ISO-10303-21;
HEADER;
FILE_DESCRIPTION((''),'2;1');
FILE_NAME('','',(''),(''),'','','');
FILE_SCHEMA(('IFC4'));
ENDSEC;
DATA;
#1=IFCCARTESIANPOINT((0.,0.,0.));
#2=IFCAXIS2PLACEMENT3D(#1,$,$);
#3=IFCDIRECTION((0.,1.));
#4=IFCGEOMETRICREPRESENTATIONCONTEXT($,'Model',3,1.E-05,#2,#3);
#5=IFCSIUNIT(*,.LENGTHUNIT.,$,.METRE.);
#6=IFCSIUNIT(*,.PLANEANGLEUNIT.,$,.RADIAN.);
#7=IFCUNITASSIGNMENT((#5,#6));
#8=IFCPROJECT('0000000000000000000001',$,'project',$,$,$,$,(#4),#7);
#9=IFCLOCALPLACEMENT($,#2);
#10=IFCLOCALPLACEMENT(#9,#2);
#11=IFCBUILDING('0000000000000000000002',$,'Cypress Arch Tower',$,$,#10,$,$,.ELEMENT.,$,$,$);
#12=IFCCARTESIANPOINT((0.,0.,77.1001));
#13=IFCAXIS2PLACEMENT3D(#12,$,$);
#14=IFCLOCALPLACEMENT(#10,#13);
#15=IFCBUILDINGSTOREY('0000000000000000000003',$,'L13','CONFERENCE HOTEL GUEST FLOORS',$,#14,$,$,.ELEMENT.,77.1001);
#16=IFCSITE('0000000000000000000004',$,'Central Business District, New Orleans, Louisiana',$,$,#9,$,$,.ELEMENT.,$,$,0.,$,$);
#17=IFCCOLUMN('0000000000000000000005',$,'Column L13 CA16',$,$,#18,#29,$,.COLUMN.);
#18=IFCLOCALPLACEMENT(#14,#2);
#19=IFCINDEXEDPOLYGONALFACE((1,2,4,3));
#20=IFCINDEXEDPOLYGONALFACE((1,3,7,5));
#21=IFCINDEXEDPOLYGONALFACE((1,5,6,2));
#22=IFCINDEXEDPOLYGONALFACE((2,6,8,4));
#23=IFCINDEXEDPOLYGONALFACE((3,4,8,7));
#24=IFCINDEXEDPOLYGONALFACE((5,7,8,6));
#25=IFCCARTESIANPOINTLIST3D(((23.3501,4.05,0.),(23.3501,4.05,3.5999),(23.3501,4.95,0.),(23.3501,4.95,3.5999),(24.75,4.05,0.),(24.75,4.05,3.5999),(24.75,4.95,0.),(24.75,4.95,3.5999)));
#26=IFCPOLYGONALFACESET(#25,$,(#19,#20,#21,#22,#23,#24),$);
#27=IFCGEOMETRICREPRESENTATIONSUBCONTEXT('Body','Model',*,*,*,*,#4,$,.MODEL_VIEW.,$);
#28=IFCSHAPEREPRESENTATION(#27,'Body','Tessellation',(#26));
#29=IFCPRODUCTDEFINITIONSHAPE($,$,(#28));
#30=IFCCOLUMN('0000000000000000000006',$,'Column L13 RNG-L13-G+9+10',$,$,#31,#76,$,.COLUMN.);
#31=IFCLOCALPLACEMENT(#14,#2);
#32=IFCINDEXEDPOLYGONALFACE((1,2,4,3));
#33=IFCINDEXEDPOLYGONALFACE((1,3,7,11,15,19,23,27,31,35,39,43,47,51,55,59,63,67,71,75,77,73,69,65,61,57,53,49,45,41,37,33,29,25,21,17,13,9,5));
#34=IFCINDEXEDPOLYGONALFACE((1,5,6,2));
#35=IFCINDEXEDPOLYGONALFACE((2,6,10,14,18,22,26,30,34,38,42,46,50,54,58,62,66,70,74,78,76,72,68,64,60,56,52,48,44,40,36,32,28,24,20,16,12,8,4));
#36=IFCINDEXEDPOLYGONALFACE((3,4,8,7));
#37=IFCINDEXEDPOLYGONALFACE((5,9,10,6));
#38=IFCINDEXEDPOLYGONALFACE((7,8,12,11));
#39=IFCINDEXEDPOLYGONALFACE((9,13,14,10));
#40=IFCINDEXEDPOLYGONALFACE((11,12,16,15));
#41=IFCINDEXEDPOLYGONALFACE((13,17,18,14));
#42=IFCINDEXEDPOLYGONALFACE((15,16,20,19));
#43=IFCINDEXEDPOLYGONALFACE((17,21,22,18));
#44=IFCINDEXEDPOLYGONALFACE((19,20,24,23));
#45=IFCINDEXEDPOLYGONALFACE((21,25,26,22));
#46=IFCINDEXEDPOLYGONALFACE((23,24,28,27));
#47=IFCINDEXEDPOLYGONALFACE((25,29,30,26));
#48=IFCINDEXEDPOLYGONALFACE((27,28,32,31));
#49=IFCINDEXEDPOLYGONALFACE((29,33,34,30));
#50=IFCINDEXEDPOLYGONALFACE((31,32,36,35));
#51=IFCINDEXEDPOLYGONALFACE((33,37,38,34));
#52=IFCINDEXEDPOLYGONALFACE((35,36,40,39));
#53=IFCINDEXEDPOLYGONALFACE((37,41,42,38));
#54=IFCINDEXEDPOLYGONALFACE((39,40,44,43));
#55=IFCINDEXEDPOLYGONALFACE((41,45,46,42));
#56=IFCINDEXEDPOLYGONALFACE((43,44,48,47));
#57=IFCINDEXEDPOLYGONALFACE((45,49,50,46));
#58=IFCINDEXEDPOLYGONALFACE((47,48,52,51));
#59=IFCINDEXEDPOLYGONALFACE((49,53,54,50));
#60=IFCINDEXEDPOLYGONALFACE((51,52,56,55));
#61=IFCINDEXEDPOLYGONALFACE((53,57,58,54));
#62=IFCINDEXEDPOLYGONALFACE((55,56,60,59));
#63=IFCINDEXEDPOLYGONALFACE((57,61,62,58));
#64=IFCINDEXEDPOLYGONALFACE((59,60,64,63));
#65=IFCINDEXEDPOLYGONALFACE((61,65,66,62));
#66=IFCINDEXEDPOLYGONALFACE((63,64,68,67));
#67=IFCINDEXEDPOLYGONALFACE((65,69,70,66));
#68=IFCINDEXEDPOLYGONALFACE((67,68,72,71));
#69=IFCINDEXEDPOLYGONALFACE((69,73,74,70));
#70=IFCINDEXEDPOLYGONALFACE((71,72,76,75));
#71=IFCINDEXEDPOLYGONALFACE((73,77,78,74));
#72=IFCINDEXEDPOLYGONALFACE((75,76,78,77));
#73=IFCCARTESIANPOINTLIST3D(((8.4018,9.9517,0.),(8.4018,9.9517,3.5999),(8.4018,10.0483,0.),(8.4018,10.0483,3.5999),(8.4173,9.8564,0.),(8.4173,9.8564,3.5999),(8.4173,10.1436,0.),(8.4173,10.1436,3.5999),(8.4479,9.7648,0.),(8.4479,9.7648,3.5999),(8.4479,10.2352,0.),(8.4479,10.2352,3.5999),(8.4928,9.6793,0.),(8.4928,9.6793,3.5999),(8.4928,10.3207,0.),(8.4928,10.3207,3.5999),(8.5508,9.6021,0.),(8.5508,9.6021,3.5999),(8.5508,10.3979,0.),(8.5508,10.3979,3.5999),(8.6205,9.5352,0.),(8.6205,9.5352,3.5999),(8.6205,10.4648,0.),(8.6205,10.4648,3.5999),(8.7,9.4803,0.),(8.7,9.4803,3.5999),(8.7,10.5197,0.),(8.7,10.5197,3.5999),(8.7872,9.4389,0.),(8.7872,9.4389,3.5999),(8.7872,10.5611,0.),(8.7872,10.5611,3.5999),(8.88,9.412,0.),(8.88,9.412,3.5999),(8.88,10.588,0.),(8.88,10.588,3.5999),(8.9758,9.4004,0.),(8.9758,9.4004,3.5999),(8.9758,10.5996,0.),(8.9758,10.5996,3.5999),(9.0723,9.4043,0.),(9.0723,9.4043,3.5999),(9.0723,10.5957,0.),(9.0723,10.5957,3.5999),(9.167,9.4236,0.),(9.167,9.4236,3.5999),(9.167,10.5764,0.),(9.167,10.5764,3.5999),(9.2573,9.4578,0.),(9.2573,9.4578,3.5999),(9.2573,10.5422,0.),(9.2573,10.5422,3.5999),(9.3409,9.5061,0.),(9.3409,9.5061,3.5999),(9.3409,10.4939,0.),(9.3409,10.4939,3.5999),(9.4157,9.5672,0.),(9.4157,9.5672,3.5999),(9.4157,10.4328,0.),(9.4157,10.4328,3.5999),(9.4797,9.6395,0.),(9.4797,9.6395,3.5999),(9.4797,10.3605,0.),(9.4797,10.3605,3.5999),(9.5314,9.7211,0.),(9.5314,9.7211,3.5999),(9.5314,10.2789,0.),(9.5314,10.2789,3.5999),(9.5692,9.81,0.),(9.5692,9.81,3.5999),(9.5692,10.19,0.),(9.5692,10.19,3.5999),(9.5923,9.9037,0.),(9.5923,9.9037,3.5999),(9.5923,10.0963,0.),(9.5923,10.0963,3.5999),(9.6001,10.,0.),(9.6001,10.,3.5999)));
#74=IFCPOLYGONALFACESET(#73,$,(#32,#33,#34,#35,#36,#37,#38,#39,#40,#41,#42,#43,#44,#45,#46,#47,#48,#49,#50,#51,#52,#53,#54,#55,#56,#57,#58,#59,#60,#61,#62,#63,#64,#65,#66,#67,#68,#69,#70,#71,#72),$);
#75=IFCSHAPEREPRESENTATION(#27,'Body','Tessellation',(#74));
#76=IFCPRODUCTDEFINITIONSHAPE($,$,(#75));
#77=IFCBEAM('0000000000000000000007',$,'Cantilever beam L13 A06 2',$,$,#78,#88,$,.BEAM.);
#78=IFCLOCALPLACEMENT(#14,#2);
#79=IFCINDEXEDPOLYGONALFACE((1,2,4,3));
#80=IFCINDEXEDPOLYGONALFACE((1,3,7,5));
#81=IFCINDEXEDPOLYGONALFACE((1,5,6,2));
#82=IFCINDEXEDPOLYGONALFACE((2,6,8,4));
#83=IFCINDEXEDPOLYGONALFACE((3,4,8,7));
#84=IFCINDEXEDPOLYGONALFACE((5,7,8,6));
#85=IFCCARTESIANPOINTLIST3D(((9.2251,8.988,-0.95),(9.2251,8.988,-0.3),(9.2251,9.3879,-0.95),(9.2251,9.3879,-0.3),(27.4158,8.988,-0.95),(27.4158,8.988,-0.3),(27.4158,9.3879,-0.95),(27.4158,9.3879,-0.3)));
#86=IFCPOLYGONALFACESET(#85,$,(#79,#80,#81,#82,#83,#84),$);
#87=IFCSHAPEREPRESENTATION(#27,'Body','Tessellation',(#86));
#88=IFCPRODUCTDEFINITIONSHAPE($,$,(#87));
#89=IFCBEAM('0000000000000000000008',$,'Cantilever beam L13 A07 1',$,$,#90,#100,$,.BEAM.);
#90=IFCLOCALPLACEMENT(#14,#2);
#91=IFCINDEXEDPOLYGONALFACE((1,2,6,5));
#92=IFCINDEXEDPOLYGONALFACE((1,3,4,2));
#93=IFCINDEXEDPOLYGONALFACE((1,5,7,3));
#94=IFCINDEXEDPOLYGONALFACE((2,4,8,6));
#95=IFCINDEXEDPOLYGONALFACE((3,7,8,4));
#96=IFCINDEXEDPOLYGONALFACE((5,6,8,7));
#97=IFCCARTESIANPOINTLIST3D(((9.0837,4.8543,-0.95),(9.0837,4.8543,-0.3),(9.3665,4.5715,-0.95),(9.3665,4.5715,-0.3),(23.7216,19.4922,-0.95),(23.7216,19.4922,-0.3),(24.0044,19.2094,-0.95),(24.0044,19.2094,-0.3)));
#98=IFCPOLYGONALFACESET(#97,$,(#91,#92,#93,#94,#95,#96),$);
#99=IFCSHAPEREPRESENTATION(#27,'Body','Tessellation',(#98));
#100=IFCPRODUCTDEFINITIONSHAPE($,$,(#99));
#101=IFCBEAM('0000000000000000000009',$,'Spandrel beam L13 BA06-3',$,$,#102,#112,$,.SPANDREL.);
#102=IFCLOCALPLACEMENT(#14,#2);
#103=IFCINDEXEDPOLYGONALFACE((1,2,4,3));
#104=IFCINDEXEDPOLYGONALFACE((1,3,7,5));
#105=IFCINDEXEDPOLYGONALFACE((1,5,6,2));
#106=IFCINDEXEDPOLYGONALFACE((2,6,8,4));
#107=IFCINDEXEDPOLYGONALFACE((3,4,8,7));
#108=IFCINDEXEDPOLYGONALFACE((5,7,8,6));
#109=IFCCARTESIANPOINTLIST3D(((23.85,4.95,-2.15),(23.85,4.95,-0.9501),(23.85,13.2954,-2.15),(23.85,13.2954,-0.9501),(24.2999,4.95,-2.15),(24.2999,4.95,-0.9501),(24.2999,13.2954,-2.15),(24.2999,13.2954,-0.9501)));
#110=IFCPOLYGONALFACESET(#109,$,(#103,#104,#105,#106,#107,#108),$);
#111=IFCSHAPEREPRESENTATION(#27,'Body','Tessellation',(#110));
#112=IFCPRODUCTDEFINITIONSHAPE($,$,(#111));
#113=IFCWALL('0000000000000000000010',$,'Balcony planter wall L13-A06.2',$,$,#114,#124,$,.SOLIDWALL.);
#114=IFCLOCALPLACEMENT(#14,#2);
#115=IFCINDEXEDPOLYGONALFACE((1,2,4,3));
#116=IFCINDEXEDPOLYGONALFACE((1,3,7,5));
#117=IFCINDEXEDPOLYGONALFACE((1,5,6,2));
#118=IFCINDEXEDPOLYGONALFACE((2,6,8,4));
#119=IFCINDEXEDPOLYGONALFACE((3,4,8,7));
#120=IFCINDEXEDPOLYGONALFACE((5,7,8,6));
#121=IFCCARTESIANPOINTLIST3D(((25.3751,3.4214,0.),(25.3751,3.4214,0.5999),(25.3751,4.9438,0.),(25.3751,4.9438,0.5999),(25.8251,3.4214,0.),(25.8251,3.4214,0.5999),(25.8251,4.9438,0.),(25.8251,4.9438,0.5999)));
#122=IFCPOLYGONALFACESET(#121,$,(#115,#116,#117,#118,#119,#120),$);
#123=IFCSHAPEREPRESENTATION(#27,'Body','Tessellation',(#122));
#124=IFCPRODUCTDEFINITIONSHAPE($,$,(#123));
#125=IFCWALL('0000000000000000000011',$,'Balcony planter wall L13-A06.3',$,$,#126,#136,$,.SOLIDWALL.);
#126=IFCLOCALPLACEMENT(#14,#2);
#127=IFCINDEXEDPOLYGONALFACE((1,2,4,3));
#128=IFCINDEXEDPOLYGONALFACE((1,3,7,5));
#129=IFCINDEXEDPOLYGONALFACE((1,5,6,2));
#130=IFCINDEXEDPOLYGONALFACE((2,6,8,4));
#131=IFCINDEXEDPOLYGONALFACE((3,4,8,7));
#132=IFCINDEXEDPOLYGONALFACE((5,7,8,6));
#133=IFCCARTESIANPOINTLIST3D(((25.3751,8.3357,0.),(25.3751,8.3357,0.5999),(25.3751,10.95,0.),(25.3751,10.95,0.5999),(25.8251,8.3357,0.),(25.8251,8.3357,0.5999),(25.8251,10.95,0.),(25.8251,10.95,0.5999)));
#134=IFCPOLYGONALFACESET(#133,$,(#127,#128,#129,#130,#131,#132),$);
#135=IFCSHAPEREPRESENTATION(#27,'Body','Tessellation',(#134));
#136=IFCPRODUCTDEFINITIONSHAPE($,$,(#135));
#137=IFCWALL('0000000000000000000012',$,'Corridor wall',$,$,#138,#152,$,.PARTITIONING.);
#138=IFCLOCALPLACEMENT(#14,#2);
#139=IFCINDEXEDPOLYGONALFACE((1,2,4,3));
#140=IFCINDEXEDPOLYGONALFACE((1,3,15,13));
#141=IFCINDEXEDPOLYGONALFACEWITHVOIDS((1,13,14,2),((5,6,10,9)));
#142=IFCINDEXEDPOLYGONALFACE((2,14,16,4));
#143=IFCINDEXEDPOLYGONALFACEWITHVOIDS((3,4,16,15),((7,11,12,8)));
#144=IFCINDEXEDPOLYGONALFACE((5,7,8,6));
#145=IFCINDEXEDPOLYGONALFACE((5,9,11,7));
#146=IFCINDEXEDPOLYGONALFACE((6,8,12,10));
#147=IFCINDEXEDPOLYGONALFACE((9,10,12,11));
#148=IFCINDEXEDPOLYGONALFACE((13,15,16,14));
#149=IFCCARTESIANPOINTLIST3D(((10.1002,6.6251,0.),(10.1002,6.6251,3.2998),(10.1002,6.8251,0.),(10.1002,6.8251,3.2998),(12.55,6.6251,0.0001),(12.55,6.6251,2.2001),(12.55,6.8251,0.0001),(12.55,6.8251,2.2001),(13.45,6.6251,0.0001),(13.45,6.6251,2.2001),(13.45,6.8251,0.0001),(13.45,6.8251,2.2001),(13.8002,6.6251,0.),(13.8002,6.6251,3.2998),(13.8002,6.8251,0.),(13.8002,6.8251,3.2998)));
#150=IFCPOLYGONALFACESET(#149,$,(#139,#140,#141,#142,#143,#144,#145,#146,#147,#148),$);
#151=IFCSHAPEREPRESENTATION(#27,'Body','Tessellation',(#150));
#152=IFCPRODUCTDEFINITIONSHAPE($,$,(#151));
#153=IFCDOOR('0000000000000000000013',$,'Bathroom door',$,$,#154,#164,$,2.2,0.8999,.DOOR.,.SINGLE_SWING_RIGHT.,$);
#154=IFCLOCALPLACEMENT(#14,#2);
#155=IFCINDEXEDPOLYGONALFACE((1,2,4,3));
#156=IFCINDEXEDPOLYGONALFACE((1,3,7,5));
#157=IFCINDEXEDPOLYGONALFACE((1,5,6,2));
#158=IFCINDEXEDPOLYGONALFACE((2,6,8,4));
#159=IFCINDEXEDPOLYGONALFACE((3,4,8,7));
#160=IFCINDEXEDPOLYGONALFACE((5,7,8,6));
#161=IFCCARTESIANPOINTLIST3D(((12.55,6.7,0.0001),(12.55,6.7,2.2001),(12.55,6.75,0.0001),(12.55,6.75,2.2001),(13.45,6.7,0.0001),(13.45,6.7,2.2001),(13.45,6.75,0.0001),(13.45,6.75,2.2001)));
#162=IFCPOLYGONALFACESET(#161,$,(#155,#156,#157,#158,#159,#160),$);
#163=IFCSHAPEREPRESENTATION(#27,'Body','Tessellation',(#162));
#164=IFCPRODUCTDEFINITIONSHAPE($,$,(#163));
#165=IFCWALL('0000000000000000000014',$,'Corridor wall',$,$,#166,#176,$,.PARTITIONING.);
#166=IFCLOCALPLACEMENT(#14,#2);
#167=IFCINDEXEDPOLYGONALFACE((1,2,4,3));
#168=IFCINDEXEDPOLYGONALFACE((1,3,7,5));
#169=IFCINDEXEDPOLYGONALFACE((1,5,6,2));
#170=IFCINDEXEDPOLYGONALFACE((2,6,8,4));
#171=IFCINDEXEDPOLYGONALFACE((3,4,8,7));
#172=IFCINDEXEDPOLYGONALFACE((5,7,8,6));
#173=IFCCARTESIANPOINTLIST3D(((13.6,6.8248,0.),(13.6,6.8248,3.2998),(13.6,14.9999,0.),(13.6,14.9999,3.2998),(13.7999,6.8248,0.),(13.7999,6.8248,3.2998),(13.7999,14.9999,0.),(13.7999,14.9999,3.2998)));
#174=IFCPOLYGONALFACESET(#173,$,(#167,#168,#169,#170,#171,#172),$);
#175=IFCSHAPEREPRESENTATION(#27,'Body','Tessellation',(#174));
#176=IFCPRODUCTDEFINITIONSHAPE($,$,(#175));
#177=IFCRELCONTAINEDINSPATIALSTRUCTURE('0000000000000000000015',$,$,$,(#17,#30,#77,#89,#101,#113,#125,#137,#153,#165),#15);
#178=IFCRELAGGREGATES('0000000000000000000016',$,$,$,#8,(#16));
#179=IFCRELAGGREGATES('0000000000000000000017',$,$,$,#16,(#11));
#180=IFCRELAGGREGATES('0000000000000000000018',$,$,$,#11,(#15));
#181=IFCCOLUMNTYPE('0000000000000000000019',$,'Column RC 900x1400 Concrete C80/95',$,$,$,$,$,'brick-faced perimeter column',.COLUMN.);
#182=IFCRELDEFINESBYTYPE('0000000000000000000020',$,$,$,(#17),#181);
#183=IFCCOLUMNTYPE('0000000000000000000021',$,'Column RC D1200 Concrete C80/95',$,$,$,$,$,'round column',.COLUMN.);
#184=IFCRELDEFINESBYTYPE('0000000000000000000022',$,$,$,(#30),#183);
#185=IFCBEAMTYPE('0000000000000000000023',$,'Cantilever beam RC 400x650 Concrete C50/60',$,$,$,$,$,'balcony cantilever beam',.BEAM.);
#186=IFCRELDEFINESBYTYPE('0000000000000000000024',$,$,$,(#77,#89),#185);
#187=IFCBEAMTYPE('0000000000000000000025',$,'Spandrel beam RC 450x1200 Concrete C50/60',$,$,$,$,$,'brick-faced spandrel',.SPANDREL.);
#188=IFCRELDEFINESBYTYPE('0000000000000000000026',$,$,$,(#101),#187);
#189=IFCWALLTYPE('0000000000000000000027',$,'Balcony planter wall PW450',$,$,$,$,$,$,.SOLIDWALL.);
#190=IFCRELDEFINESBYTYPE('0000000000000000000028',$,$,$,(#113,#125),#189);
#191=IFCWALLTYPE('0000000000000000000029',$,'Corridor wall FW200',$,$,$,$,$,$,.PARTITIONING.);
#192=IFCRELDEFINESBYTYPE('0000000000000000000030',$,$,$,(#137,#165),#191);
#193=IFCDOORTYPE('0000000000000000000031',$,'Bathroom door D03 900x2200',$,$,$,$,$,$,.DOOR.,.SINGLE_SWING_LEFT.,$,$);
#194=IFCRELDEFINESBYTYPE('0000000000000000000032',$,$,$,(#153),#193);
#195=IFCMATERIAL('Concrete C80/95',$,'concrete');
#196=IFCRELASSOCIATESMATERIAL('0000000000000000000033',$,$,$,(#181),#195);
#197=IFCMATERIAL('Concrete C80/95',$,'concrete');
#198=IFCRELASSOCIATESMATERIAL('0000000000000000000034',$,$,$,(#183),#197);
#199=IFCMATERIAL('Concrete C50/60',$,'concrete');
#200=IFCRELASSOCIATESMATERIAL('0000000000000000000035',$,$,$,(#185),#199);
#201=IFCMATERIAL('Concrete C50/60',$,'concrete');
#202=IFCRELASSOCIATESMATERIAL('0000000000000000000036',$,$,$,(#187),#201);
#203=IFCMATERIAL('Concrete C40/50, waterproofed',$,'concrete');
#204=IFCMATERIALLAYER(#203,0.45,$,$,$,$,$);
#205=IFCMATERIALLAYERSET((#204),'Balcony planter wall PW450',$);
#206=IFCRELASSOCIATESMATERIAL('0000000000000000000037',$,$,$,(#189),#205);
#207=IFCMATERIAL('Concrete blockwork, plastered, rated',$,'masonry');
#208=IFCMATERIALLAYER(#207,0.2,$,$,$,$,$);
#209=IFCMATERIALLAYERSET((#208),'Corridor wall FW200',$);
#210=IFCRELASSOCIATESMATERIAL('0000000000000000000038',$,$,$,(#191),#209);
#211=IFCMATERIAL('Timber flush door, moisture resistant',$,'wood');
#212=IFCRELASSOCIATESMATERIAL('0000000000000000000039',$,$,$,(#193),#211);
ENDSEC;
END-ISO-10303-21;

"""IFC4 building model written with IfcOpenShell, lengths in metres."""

from ifc_helpers import new_model, si_unit, direction, frame, frame_2d, origin, origin_2d, place, context, subcontext, project, spatial, rectangle, circle, extrude, material, layer, layer_set, material_profile, profile_set, type_object, element, fill, save


model = new_model("IFC4")

# Units and contexts
model_context = context("Model", 3, precision=1e-05, world=origin(), true_north=direction((0.0, 1.0)))
body_context = subcontext(model_context, "Body", "Model", "MODEL_VIEW")
ifc_project = project(units=[si_unit("LENGTHUNIT", "METRE"), si_unit("PLANEANGLEUNIT", "RADIAN")], contexts=[model_context])

# Site, building, storey
site_placement = place(None, origin())
site = spatial("IfcSite", under=ifc_project, at=site_placement, Name="Central Business District, New Orleans, Louisiana", CompositionType="ELEMENT", RefElevation=0.0)
building_placement = place(site_placement, origin())
building = spatial("IfcBuilding", under=site, at=building_placement, Name="Cypress Arch Tower", CompositionType="ELEMENT")
storey_placement = place(building_placement, frame((0.0, 0.0, 77.1001)))
storey = spatial("IfcBuildingStorey", under=building, at=storey_placement, Name="L13", Description="CONFERENCE HOTEL GUEST FLOORS", CompositionType="ELEMENT", Elevation=77.1001)

# Columns
ifc_material_1 = material(Name="Concrete C80/95", Category="concrete")
ifc_material_profile_1 = material_profile(ifc_material_1, rectangle(XDim=0.8999, YDim=1.3999, at=origin_2d()), Name="RC 900x1400")
ifc_profile_set_1 = profile_set([ifc_material_profile_1], Name="Concrete C80/95")
column_type_1 = type_object("IfcColumnType", Name="Column RC 900x1400 Concrete C80/95", ElementType="brick-faced perimeter column", PredefinedType="COLUMN", material=ifc_profile_set_1)
column_1_placement = place(storey_placement, frame((24.05, 4.5, 0.0), z_axis=(0.0, 0.0, 1.0), x_axis=(0.0, 1.0, 0.0)))
element("IfcColumn", 1, at=column_1_placement, inside=storey, type_object=column_type_1, Name="Column L13 CA16", PredefinedType="COLUMN", context=body_context, shape_type="SweptSolid", body=[
    extrude(rectangle(XDim=0.8999, YDim=1.3999, at=origin_2d()), origin(), (0.0, 0.0, 1.0), 3.5999),
])
ifc_material_2 = material(Name="Concrete C80/95", Category="concrete")
ifc_material_profile_2 = material_profile(ifc_material_2, circle(Radius=0.6001, at=origin_2d()), Name="RC D1200")
ifc_profile_set_2 = profile_set([ifc_material_profile_2], Name="Concrete C80/95")
column_type_2 = type_object("IfcColumnType", Name="Column RC D1200 Concrete C80/95", ElementType="round column", PredefinedType="COLUMN", material=ifc_profile_set_2)
column_2_placement = place(storey_placement, frame((9.0, 10.0, 0.0), z_axis=(0.0, 0.0, 1.0), x_axis=(1.0, 0.0, 0.0)))
element("IfcColumn", 2, at=column_2_placement, inside=storey, type_object=column_type_2, Name="Column L13 RNG-L13-G+9+10", PredefinedType="COLUMN", context=body_context, shape_type="SweptSolid", body=[
    extrude(circle(Radius=0.6001, at=origin_2d()), origin(), (0.0, 0.0, 1.0), 3.5999),
])

# Beams
ifc_material_3 = material(Name="Concrete C50/60", Category="concrete")
ifc_material_profile_3 = material_profile(ifc_material_3, rectangle(XDim=0.3999, YDim=0.6499, at=origin_2d()), Name="RC 400x650")
ifc_profile_set_3 = profile_set([ifc_material_profile_3], Name="Concrete C50/60")
beam_type_1 = type_object("IfcBeamType", Name="Cantilever beam RC 400x650 Concrete C50/60", ElementType="balcony cantilever beam", PredefinedType="BEAM", material=ifc_profile_set_3)
beam_1_placement = place(storey_placement, frame((9.2251, 9.188, -0.625), z_axis=(1.0, 0.0, 0.0), x_axis=(0.0, 1.0, 0.0)))
element("IfcBeam", 3, at=beam_1_placement, inside=storey, type_object=beam_type_1, Name="Cantilever beam L13 A06 2", PredefinedType="BEAM", context=body_context, shape_type="SweptSolid", body=[
    extrude(rectangle(XDim=0.3999, YDim=0.6499, at=origin_2d()), origin(), (0.0, 0.0, 1.0), 18.1907),
])
beam_2_placement = place(storey_placement, frame((9.2251, 4.7129, -0.625), z_axis=(0.707107, 0.707107, 0.0), x_axis=(-0.707107, 0.707107, 0.0)))
element("IfcBeam", 4, at=beam_2_placement, inside=storey, type_object=beam_type_1, Name="Cantilever beam L13 A07 1", PredefinedType="BEAM", context=body_context, shape_type="SweptSolid", body=[
    extrude(rectangle(XDim=0.3999, YDim=0.6499, at=origin_2d()), origin(), (0.0, 0.0, 1.0), 20.7012),
])
ifc_material_4 = material(Name="Concrete C50/60", Category="concrete")
ifc_material_profile_4 = material_profile(ifc_material_4, rectangle(XDim=0.45, YDim=1.2, at=origin_2d()), Name="RC 450x1200")
ifc_profile_set_4 = profile_set([ifc_material_profile_4], Name="Concrete C50/60")
beam_type_2 = type_object("IfcBeamType", Name="Spandrel beam RC 450x1200 Concrete C50/60", ElementType="brick-faced spandrel", PredefinedType="SPANDREL", material=ifc_profile_set_4)
beam_3_placement = place(storey_placement, frame((24.075, 4.95, -1.55), z_axis=(0.0, 1.0, 0.0), x_axis=(-1.0, 0.0, 0.0)))
element("IfcBeam", 5, at=beam_3_placement, inside=storey, type_object=beam_type_2, Name="Spandrel beam L13 BA06-3", PredefinedType="SPANDREL", context=body_context, shape_type="SweptSolid", body=[
    extrude(rectangle(XDim=0.45, YDim=1.2, at=origin_2d()), origin(), (0.0, 0.0, 1.0), 8.3455),
])

# Walls
ifc_material_5 = material(Name="Concrete C40/50, waterproofed", Category="concrete")
ifc_layer_1 = layer(ifc_material_5, 0.45)
ifc_layer_set_1 = layer_set([ifc_layer_1], Name="Balcony planter wall PW450")
wall_type_1 = type_object("IfcWallType", Name="Balcony planter wall PW450", PredefinedType="SOLIDWALL", material=ifc_layer_set_1)
wall_1_placement = place(storey_placement, frame((25.6001, 3.4214, 0.0), z_axis=(0.0, 0.0, 1.0), x_axis=(0.0, 1.0, 0.0)))
element("IfcWall", 6, at=wall_1_placement, inside=storey, type_object=wall_type_1, Name="Balcony planter wall L13-A06.2", PredefinedType="SOLIDWALL", context=body_context, shape_type="SweptSolid", body=[
    extrude(rectangle(XDim=1.5225, YDim=0.45, at=frame_2d((0.7612, 0.0))), origin(), (0.0, 0.0, 1.0), 0.5999),
])
wall_2_placement = place(storey_placement, frame((25.6001, 8.3357, 0.0), z_axis=(0.0, 0.0, 1.0), x_axis=(0.0, 1.0, 0.0)))
element("IfcWall", 7, at=wall_2_placement, inside=storey, type_object=wall_type_1, Name="Balcony planter wall L13-A06.3", PredefinedType="SOLIDWALL", context=body_context, shape_type="SweptSolid", body=[
    extrude(rectangle(XDim=2.6143, YDim=0.45, at=frame_2d((1.3071, 0.0))), origin(), (0.0, 0.0, 1.0), 0.5999),
])

# Wall, opening, door
ifc_material_6 = material(Name="Concrete blockwork, plastered, rated", Category="masonry")
ifc_layer_2 = layer(ifc_material_6, 0.2)
ifc_layer_set_2 = layer_set([ifc_layer_2], Name="Corridor wall FW200")
wall_type_2 = type_object("IfcWallType", Name="Corridor wall FW200", PredefinedType="PARTITIONING", material=ifc_layer_set_2)
wall_3_placement = place(storey_placement, frame((10.1001, 6.7251, 0.0), z_axis=(0.0, 0.0, 1.0), x_axis=(1.0, 0.0, 0.0)))
wall_3 = element("IfcWall", 8, at=wall_3_placement, inside=storey, type_object=wall_type_2, Name="Corridor wall", PredefinedType="PARTITIONING", context=body_context, shape_type="SweptSolid", body=[
    extrude(rectangle(XDim=3.7, YDim=0.2, at=frame_2d((1.8501, 0.0))), origin(), (0.0, 0.0, 1.0), 3.2998),
])
opening_1_placement = place(wall_3_placement, frame((2.45, 0.0, 0.0)))
opening_1 = element("IfcOpeningElement", 9, at=opening_1_placement, cuts=wall_3, PredefinedType="OPENING", context=body_context, shape_type="SweptSolid", body=[
    extrude(rectangle(XDim=0.8999, YDim=2.2, at=frame_2d((0.45, 1.1001))), frame((0.0, 0.1099, 0.0), z_axis=(0.0, -1.0, 0.0), x_axis=(1.0, 0.0, 0.0)), (0.0, 0.0, 1.0), 0.22),
])
ifc_material_7 = material(Name="Timber flush door, moisture resistant", Category="wood")
door_type_1 = type_object("IfcDoorType", Name="Bathroom door D03 900x2200", OperationType="SINGLE_SWING_LEFT", PredefinedType="DOOR", material=ifc_material_7)
door_1_placement = place(opening_1_placement, origin())
door_1 = element("IfcDoor", 10, at=door_1_placement, inside=storey, type_object=door_type_1, Name="Bathroom door", OperationType="SINGLE_SWING_RIGHT", OverallHeight=2.2, OverallWidth=0.8999, PredefinedType="DOOR", context=body_context, shape_type="SweptSolid", body=[
    extrude(rectangle(XDim=0.8999, YDim=2.2, at=frame_2d((0.45, 1.1001))), frame((0.0, 0.0249, 0.0), z_axis=(0.0, -1.0, 0.0), x_axis=(1.0, 0.0, 0.0)), (0.0, 0.0, 1.0), 0.05),
])
fill(opening_1, door_1)

# Wall
wall_4_placement = place(storey_placement, frame((13.7, 6.825, 0.0), z_axis=(0.0, 0.0, 1.0), x_axis=(0.0, 1.0, 0.0)))
element("IfcWall", 11, at=wall_4_placement, inside=storey, type_object=wall_type_2, Name="Corridor wall", PredefinedType="PARTITIONING", context=body_context, shape_type="SweptSolid", body=[
    extrude(rectangle(XDim=8.175, YDim=0.2, at=frame_2d((4.0874, 0.0))), origin(), (0.0, 0.0, 1.0), 3.2998),
])

save(model, "model.ifc")
